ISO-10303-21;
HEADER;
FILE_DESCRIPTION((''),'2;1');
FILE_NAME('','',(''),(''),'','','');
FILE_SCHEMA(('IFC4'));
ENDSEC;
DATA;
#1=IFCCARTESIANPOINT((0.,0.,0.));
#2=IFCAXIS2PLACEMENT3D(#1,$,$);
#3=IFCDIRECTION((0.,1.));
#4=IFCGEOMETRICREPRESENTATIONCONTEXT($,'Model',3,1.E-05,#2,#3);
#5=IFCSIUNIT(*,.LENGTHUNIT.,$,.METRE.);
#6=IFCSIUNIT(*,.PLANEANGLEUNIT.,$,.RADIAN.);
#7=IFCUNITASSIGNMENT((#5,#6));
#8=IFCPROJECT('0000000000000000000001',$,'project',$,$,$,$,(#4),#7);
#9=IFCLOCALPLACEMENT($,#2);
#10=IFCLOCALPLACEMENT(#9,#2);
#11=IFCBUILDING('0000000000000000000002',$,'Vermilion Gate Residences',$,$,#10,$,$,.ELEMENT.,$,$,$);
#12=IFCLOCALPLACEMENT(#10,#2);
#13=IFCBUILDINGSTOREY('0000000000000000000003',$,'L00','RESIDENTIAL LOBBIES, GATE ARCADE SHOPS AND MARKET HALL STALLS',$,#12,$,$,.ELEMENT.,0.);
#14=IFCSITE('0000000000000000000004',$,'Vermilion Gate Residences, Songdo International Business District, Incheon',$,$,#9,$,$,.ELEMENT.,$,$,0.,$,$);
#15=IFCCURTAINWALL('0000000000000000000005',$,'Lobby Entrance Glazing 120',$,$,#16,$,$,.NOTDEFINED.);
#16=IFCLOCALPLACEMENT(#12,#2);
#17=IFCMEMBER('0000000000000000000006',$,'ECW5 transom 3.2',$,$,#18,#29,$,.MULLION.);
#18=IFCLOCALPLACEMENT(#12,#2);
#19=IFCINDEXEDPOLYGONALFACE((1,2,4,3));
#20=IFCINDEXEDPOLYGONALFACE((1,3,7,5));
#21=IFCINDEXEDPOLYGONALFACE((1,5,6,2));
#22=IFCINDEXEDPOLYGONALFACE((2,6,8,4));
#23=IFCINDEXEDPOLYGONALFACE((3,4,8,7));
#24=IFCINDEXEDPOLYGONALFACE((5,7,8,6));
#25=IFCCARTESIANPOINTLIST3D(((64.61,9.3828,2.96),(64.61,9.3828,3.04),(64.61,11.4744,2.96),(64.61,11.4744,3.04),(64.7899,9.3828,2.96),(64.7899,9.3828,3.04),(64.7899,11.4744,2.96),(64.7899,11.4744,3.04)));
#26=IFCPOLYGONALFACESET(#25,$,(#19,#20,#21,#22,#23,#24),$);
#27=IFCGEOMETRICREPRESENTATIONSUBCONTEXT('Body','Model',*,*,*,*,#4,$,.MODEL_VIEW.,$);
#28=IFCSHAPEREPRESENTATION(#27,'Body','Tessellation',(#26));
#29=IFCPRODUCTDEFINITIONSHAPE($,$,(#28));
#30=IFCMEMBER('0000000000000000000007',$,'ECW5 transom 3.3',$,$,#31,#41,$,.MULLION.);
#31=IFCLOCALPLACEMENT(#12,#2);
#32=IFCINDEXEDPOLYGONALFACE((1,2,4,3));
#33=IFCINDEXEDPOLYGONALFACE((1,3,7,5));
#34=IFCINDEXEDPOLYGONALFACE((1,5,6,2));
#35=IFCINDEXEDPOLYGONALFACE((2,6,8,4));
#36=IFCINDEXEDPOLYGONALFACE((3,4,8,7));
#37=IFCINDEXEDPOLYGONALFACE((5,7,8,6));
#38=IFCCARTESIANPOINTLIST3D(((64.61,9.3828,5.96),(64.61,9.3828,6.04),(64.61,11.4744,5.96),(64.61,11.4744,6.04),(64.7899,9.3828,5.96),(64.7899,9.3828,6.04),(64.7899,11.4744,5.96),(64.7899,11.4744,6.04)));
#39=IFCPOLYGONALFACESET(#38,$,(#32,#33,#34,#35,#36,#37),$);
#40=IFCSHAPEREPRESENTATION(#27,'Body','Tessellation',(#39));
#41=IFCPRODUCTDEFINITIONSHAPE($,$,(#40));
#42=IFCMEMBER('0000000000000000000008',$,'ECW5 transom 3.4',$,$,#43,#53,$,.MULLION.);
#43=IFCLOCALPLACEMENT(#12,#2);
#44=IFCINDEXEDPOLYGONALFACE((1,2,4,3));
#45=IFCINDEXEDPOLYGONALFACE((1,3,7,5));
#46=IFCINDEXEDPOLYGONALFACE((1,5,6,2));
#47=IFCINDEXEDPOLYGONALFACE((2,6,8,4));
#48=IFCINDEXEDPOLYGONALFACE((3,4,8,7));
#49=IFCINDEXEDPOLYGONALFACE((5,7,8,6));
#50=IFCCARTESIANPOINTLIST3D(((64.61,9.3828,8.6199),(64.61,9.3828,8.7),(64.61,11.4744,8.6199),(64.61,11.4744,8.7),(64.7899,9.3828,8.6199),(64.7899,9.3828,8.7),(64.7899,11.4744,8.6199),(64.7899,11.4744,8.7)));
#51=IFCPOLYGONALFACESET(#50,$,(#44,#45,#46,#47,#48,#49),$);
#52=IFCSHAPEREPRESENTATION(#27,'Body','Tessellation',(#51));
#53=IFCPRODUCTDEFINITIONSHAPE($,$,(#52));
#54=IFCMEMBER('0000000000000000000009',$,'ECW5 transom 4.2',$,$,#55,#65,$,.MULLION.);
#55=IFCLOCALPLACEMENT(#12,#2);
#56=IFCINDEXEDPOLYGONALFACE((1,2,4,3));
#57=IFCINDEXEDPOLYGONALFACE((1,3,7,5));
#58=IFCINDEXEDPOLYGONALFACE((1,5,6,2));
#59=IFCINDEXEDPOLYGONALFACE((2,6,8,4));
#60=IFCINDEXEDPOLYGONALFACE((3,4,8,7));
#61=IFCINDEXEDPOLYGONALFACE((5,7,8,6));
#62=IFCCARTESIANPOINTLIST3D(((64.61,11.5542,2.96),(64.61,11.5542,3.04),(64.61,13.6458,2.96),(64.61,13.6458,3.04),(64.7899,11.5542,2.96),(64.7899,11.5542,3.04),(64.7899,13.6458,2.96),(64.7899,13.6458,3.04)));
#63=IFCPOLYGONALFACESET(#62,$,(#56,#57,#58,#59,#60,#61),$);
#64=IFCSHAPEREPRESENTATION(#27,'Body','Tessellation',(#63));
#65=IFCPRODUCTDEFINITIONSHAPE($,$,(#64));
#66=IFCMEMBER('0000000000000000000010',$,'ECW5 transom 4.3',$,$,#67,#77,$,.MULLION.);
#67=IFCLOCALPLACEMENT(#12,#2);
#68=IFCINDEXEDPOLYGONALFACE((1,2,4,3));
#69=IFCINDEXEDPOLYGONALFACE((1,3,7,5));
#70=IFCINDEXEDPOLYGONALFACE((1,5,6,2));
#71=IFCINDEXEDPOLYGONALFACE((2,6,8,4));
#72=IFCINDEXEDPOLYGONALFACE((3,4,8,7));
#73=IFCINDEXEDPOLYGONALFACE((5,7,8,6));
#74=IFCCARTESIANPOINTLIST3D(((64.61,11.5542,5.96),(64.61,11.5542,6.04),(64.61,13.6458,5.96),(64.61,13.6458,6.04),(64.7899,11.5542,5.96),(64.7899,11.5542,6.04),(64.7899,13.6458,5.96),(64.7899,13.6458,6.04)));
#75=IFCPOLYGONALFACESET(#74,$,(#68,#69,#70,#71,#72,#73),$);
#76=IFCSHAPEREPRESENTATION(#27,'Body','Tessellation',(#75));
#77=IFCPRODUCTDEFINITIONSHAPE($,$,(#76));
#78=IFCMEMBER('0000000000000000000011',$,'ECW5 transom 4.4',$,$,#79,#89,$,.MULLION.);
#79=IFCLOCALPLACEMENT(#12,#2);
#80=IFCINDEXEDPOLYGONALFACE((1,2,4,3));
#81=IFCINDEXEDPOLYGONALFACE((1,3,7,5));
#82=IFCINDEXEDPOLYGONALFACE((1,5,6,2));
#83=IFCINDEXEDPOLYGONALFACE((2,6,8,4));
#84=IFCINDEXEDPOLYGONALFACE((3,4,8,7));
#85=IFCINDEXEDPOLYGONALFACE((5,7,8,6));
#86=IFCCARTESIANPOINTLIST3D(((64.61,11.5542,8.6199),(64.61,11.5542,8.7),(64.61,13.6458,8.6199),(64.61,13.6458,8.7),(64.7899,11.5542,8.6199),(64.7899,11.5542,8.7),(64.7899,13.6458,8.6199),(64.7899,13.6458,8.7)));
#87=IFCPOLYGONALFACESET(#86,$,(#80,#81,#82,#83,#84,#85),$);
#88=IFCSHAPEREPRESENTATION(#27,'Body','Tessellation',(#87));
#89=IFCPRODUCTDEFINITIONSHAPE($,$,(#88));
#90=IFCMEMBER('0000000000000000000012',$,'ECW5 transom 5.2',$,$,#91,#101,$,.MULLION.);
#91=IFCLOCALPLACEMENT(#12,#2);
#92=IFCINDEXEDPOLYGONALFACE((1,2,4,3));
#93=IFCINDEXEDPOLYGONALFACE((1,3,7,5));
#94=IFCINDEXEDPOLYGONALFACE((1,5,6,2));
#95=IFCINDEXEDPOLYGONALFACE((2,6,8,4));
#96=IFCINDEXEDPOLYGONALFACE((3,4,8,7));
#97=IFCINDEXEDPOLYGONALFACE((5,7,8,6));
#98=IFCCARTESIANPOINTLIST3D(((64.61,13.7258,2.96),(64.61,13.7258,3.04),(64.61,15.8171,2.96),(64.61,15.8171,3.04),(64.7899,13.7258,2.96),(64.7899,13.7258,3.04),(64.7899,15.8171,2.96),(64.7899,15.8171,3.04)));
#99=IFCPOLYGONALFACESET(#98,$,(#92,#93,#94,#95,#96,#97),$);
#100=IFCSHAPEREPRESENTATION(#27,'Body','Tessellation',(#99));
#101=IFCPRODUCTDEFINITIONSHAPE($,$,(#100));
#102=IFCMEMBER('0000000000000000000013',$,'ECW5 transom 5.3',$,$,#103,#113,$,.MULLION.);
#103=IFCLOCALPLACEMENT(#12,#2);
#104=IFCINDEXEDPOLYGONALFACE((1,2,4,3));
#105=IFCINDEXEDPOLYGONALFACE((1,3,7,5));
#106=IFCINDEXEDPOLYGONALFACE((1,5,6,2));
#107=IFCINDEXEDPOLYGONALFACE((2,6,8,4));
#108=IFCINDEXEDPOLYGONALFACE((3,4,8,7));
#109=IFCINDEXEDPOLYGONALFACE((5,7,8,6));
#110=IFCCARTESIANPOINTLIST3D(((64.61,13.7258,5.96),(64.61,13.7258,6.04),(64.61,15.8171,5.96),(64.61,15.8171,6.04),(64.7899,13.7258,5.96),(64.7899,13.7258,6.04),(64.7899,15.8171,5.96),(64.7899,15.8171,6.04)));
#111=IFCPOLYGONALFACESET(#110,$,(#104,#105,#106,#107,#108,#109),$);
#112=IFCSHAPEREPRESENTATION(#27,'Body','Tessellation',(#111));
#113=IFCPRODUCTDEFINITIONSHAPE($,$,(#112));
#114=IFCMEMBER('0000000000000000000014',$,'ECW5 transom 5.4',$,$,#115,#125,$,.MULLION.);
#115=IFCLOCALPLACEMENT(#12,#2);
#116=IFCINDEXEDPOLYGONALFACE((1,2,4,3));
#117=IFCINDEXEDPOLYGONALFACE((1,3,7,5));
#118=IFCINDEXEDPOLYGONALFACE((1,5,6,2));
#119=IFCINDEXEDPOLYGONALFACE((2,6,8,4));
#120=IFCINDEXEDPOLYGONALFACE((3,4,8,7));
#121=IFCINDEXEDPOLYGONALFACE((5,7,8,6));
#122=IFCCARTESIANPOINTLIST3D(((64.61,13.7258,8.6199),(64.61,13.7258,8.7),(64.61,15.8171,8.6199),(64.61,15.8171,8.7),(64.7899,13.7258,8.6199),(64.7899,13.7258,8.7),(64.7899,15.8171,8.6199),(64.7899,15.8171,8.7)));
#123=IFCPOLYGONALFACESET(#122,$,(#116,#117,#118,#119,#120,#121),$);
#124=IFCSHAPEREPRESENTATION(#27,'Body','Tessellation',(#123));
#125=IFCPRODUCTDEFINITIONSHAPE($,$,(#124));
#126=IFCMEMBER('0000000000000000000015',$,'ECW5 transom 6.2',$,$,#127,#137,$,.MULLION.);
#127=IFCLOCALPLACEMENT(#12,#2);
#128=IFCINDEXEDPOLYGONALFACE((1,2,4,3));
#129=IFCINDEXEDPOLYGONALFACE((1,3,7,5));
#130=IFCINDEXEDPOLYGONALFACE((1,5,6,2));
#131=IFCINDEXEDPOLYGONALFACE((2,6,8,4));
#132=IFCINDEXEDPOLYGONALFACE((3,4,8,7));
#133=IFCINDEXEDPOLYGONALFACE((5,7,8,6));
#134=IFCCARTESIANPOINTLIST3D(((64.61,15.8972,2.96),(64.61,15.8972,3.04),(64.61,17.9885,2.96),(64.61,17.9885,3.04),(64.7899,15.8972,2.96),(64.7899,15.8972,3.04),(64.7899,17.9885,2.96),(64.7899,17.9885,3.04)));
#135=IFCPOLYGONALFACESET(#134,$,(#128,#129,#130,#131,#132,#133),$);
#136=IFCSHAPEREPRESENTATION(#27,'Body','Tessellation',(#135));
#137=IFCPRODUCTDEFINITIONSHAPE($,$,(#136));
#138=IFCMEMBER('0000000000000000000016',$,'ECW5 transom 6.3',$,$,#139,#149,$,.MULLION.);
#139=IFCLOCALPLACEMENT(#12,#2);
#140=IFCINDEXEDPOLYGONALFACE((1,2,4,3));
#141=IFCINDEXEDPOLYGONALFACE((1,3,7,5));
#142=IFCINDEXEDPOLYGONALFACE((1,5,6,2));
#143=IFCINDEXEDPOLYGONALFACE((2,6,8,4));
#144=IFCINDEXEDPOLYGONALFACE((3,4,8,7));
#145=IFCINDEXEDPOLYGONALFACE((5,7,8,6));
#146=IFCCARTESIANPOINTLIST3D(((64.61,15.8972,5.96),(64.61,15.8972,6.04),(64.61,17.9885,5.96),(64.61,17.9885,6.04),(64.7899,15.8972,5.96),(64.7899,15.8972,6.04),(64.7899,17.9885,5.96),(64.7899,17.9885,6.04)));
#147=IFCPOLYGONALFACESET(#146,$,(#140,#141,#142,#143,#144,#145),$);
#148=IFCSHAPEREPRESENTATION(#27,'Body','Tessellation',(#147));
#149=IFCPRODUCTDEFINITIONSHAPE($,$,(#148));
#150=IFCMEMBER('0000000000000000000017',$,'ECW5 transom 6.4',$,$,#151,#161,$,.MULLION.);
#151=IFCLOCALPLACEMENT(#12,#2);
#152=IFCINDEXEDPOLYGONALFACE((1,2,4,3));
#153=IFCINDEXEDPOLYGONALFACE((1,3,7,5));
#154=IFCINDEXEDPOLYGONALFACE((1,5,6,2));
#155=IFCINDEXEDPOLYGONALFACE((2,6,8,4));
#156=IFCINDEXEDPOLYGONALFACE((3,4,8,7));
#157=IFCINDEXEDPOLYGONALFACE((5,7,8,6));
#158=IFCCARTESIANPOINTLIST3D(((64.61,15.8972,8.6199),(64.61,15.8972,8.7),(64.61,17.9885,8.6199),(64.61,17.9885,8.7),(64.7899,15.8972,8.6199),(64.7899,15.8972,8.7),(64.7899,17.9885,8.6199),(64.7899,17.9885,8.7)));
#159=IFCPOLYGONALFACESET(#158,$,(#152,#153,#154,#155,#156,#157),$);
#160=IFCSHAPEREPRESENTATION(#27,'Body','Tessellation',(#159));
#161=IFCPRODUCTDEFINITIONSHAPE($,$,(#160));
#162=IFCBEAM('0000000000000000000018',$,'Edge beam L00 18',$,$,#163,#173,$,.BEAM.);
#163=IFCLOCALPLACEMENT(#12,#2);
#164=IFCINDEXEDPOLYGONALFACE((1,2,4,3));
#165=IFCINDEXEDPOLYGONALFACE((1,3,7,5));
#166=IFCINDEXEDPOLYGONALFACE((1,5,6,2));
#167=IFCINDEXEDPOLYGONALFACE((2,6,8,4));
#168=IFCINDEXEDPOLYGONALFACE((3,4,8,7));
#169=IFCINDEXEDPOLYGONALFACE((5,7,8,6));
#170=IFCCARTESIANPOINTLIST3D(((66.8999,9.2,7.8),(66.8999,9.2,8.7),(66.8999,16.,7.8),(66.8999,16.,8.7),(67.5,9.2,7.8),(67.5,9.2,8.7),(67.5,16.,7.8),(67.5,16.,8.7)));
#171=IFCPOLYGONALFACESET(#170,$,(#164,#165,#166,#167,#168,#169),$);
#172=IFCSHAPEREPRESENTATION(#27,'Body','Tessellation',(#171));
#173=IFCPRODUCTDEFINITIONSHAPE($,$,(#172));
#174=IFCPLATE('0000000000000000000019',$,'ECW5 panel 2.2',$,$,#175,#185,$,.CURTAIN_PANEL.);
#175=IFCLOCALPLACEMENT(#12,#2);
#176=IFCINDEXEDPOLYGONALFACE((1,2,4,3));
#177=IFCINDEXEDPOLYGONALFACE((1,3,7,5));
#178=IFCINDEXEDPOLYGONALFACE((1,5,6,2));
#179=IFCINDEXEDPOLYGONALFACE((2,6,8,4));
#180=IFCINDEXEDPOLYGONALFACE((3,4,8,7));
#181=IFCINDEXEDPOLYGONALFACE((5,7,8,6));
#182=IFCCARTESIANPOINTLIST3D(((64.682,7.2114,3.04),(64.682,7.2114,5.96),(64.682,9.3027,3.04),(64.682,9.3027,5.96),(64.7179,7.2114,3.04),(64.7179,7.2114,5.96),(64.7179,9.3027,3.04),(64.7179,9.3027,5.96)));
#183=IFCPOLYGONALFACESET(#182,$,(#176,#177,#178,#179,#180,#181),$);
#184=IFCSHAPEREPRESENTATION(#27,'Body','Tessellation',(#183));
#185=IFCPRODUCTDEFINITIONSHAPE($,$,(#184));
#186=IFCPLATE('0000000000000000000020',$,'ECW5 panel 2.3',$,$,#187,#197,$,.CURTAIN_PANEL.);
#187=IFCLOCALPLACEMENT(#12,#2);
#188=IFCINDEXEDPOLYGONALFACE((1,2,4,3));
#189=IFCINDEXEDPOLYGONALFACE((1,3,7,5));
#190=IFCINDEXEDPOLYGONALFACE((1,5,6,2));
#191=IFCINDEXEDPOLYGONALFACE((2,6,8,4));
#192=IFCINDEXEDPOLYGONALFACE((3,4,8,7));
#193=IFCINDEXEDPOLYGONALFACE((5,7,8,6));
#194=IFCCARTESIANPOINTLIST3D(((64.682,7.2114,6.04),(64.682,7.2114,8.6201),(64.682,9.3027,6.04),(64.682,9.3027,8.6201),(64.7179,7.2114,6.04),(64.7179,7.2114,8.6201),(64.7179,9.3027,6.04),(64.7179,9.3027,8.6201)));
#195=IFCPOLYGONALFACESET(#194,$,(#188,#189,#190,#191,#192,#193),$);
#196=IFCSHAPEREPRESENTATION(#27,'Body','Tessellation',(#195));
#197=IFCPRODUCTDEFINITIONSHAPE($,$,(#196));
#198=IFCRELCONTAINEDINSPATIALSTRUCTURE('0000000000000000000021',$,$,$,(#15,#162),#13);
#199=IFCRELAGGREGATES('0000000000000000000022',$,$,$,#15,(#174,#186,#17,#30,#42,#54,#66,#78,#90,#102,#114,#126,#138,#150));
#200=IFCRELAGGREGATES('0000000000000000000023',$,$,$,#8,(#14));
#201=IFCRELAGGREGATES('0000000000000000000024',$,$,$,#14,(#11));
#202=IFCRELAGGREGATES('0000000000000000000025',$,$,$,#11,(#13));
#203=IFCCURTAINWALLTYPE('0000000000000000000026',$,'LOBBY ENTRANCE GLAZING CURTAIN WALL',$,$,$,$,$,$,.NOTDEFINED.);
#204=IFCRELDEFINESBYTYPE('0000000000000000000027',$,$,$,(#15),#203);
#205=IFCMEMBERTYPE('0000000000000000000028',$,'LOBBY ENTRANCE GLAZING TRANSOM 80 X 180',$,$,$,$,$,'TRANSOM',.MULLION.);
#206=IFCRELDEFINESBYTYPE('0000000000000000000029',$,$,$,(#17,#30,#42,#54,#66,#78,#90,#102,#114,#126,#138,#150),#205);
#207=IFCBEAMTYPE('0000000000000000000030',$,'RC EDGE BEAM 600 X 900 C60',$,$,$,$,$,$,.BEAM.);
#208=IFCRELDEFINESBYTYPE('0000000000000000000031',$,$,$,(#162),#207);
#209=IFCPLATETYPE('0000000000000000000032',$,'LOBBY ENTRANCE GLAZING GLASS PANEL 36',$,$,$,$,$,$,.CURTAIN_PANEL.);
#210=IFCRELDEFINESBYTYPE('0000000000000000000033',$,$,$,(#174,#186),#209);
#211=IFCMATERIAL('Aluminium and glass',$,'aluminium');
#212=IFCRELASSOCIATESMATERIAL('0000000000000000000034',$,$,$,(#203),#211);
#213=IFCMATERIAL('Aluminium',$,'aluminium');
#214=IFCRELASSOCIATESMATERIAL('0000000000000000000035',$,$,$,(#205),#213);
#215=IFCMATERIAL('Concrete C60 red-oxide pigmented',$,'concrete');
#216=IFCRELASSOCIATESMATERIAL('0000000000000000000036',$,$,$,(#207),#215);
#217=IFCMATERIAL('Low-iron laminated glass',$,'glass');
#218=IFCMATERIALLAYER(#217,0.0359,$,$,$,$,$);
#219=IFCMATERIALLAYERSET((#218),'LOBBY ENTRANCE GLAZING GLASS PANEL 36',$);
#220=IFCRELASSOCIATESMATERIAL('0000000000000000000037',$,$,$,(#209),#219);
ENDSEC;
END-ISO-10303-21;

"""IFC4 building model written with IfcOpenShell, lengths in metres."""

from ifc_helpers import new_model, si_unit, direction, frame, origin, origin_2d, place, context, subcontext, project, spatial, rectangle, extrude, material, layer, layer_set, material_profile, profile_set, type_object, element, aggregate, save


model = new_model("IFC4")

# Units and contexts
model_context = context("Model", 3, precision=1e-05, world=origin(), true_north=direction((0.0, 1.0)))
body_context = subcontext(model_context, "Body", "Model", "MODEL_VIEW")
ifc_project = project(units=[si_unit("LENGTHUNIT", "METRE"), si_unit("PLANEANGLEUNIT", "RADIAN")], contexts=[model_context])

# Site, building, storey
site_placement = place(None, origin())
site = spatial("IfcSite", under=ifc_project, at=site_placement, Name="Vermilion Gate Residences, Songdo International Business District, Incheon", CompositionType="ELEMENT", RefElevation=0.0)
building_placement = place(site_placement, origin())
building = spatial("IfcBuilding", under=site, at=building_placement, Name="Vermilion Gate Residences", CompositionType="ELEMENT")
storey_placement = place(building_placement, origin())
storey = spatial("IfcBuildingStorey", under=building, at=storey_placement, Name="L00", Description="RESIDENTIAL LOBBIES, GATE ARCADE SHOPS AND MARKET HALL STALLS", CompositionType="ELEMENT", Elevation=0.0)

# Curtain wall, members
ifc_material_1 = material(Name="Aluminium and glass", Category="aluminium")
curtain_wall_type = type_object("IfcCurtainWallType", Name="LOBBY ENTRANCE GLAZING CURTAIN WALL", PredefinedType="NOTDEFINED", material=ifc_material_1)
curtain_wall_placement = place(storey_placement, origin())
curtain_wall = element("IfcCurtainWall", 1, at=curtain_wall_placement, inside=storey, type_object=curtain_wall_type, Name="Lobby Entrance Glazing 120", PredefinedType="NOTDEFINED")
ifc_material_2 = material(Name="Aluminium", Category="aluminium")
ifc_material_profile_1 = material_profile(ifc_material_2, rectangle(XDim=0.1799, YDim=0.0801, at=origin_2d()), Name="TRANSOM 80 X 180")
ifc_profile_set_1 = profile_set([ifc_material_profile_1], Name="Aluminium")
member_type = type_object("IfcMemberType", Name="LOBBY ENTRANCE GLAZING TRANSOM 80 X 180", ElementType="TRANSOM", PredefinedType="MULLION", material=ifc_profile_set_1)
member_1_placement = place(storey_placement, frame((64.7, 9.3828, 3.0), z_axis=(0.0, 1.0, 0.0), x_axis=(-1.0, 0.0, 0.0)))
member_1 = element("IfcMember", 2, at=member_1_placement, type_object=member_type, Name="ECW5 transom 3.2", PredefinedType="MULLION", context=body_context, shape_type="SweptSolid", body=[
    extrude(rectangle(XDim=0.1799, YDim=0.0801, at=origin_2d()), origin(), (0.0, 0.0, 1.0), 2.0916),
])
member_2_placement = place(storey_placement, frame((64.7, 9.3828, 6.0), z_axis=(0.0, 1.0, 0.0), x_axis=(-1.0, 0.0, 0.0)))
member_2 = element("IfcMember", 3, at=member_2_placement, type_object=member_type, Name="ECW5 transom 3.3", PredefinedType="MULLION", context=body_context, shape_type="SweptSolid", body=[
    extrude(rectangle(XDim=0.1799, YDim=0.0801, at=origin_2d()), origin(), (0.0, 0.0, 1.0), 2.0916),
])
member_3_placement = place(storey_placement, frame((64.7, 9.3828, 8.6599), z_axis=(0.0, 1.0, 0.0), x_axis=(-1.0, 0.0, 0.0)))
member_3 = element("IfcMember", 4, at=member_3_placement, type_object=member_type, Name="ECW5 transom 3.4", PredefinedType="MULLION", context=body_context, shape_type="SweptSolid", body=[
    extrude(rectangle(XDim=0.1799, YDim=0.0801, at=origin_2d()), origin(), (0.0, 0.0, 1.0), 2.0916),
])
member_4_placement = place(storey_placement, frame((64.7, 11.5542, 3.0), z_axis=(0.0, 1.0, 0.0), x_axis=(-1.0, 0.0, 0.0)))
member_4 = element("IfcMember", 5, at=member_4_placement, type_object=member_type, Name="ECW5 transom 4.2", PredefinedType="MULLION", context=body_context, shape_type="SweptSolid", body=[
    extrude(rectangle(XDim=0.1799, YDim=0.0801, at=origin_2d()), origin(), (0.0, 0.0, 1.0), 2.0916),
])
member_5_placement = place(storey_placement, frame((64.7, 11.5542, 6.0), z_axis=(0.0, 1.0, 0.0), x_axis=(-1.0, 0.0, 0.0)))
member_5 = element("IfcMember", 6, at=member_5_placement, type_object=member_type, Name="ECW5 transom 4.3", PredefinedType="MULLION", context=body_context, shape_type="SweptSolid", body=[
    extrude(rectangle(XDim=0.1799, YDim=0.0801, at=origin_2d()), origin(), (0.0, 0.0, 1.0), 2.0916),
])
member_6_placement = place(storey_placement, frame((64.7, 11.5542, 8.6599), z_axis=(0.0, 1.0, 0.0), x_axis=(-1.0, 0.0, 0.0)))
member_6 = element("IfcMember", 7, at=member_6_placement, type_object=member_type, Name="ECW5 transom 4.4", PredefinedType="MULLION", context=body_context, shape_type="SweptSolid", body=[
    extrude(rectangle(XDim=0.1799, YDim=0.0801, at=origin_2d()), origin(), (0.0, 0.0, 1.0), 2.0916),
])
member_7_placement = place(storey_placement, frame((64.7, 13.7258, 3.0), z_axis=(0.0, 1.0, 0.0), x_axis=(-1.0, 0.0, 0.0)))
member_7 = element("IfcMember", 8, at=member_7_placement, type_object=member_type, Name="ECW5 transom 5.2", PredefinedType="MULLION", context=body_context, shape_type="SweptSolid", body=[
    extrude(rectangle(XDim=0.1799, YDim=0.0801, at=origin_2d()), origin(), (0.0, 0.0, 1.0), 2.0913),
])
member_8_placement = place(storey_placement, frame((64.7, 13.7258, 6.0), z_axis=(0.0, 1.0, 0.0), x_axis=(-1.0, 0.0, 0.0)))
member_8 = element("IfcMember", 9, at=member_8_placement, type_object=member_type, Name="ECW5 transom 5.3", PredefinedType="MULLION", context=body_context, shape_type="SweptSolid", body=[
    extrude(rectangle(XDim=0.1799, YDim=0.0801, at=origin_2d()), origin(), (0.0, 0.0, 1.0), 2.0913),
])
member_9_placement = place(storey_placement, frame((64.7, 13.7258, 8.6599), z_axis=(0.0, 1.0, 0.0), x_axis=(-1.0, 0.0, 0.0)))
member_9 = element("IfcMember", 10, at=member_9_placement, type_object=member_type, Name="ECW5 transom 5.4", PredefinedType="MULLION", context=body_context, shape_type="SweptSolid", body=[
    extrude(rectangle(XDim=0.1799, YDim=0.0801, at=origin_2d()), origin(), (0.0, 0.0, 1.0), 2.0913),
])
member_10_placement = place(storey_placement, frame((64.7, 15.8972, 3.0), z_axis=(0.0, 1.0, 0.0), x_axis=(-1.0, 0.0, 0.0)))
member_10 = element("IfcMember", 11, at=member_10_placement, type_object=member_type, Name="ECW5 transom 6.2", PredefinedType="MULLION", context=body_context, shape_type="SweptSolid", body=[
    extrude(rectangle(XDim=0.1799, YDim=0.0801, at=origin_2d()), origin(), (0.0, 0.0, 1.0), 2.0913),
])
member_11_placement = place(storey_placement, frame((64.7, 15.8972, 6.0), z_axis=(0.0, 1.0, 0.0), x_axis=(-1.0, 0.0, 0.0)))
member_11 = element("IfcMember", 12, at=member_11_placement, type_object=member_type, Name="ECW5 transom 6.3", PredefinedType="MULLION", context=body_context, shape_type="SweptSolid", body=[
    extrude(rectangle(XDim=0.1799, YDim=0.0801, at=origin_2d()), origin(), (0.0, 0.0, 1.0), 2.0913),
])
member_12_placement = place(storey_placement, frame((64.7, 15.8972, 8.6599), z_axis=(0.0, 1.0, 0.0), x_axis=(-1.0, 0.0, 0.0)))
member_12 = element("IfcMember", 13, at=member_12_placement, type_object=member_type, Name="ECW5 transom 6.4", PredefinedType="MULLION", context=body_context, shape_type="SweptSolid", body=[
    extrude(rectangle(XDim=0.1799, YDim=0.0801, at=origin_2d()), origin(), (0.0, 0.0, 1.0), 2.0913),
])

# Beam
ifc_material_3 = material(Name="Concrete C60 red-oxide pigmented", Category="concrete")
ifc_material_profile_2 = material_profile(ifc_material_3, rectangle(XDim=0.6001, YDim=0.8999, at=origin_2d()), Name="RC-600x900")
ifc_profile_set_2 = profile_set([ifc_material_profile_2], Name="Concrete C60 red-oxide pigmented")
beam_type = type_object("IfcBeamType", Name="RC EDGE BEAM 600 X 900 C60", PredefinedType="BEAM", material=ifc_profile_set_2)
beam_placement = place(storey_placement, frame((67.2, 9.2, 8.25), z_axis=(0.0, 1.0, 0.0), x_axis=(-1.0, 0.0, 0.0)))
element("IfcBeam", 14, at=beam_placement, inside=storey, type_object=beam_type, Name="Edge beam L00 18", PredefinedType="BEAM", context=body_context, shape_type="SweptSolid", body=[
    extrude(rectangle(XDim=0.6001, YDim=0.8999, at=origin_2d()), origin(), (0.0, 0.0, 1.0), 6.8),
])

# Plates
ifc_material_4 = material(Name="Low-iron laminated glass", Category="glass")
ifc_layer = layer(ifc_material_4, 0.0359)
ifc_layer_set = layer_set([ifc_layer], Name="LOBBY ENTRANCE GLAZING GLASS PANEL 36")
plate_type = type_object("IfcPlateType", Name="LOBBY ENTRANCE GLAZING GLASS PANEL 36", PredefinedType="CURTAIN_PANEL", material=ifc_layer_set)
plate_1_placement = place(storey_placement, frame((64.7, 8.2571, 3.04), z_axis=(0.0, 0.0, 1.0), x_axis=(0.0, 1.0, 0.0)))
plate_1 = element("IfcPlate", 15, at=plate_1_placement, type_object=plate_type, Name="ECW5 panel 2.2", PredefinedType="CURTAIN_PANEL", context=body_context, shape_type="SweptSolid", body=[
    extrude(rectangle(XDim=2.0913, YDim=0.0359, at=origin_2d()), origin(), (0.0, 0.0, 1.0), 2.9199),
])
plate_2_placement = place(storey_placement, frame((64.7, 8.2571, 6.04), z_axis=(0.0, 0.0, 1.0), x_axis=(0.0, 1.0, 0.0)))
plate_2 = element("IfcPlate", 16, at=plate_2_placement, type_object=plate_type, Name="ECW5 panel 2.3", PredefinedType="CURTAIN_PANEL", context=body_context, shape_type="SweptSolid", body=[
    extrude(rectangle(XDim=2.0913, YDim=0.0359, at=origin_2d()), origin(), (0.0, 0.0, 1.0), 2.5801),
])
aggregate(curtain_wall, [plate_1, plate_2, member_1, member_2, member_3, member_4, member_5, member_6, member_7, member_8, member_9, member_10, member_11, member_12])

save(model, "model.ifc")
